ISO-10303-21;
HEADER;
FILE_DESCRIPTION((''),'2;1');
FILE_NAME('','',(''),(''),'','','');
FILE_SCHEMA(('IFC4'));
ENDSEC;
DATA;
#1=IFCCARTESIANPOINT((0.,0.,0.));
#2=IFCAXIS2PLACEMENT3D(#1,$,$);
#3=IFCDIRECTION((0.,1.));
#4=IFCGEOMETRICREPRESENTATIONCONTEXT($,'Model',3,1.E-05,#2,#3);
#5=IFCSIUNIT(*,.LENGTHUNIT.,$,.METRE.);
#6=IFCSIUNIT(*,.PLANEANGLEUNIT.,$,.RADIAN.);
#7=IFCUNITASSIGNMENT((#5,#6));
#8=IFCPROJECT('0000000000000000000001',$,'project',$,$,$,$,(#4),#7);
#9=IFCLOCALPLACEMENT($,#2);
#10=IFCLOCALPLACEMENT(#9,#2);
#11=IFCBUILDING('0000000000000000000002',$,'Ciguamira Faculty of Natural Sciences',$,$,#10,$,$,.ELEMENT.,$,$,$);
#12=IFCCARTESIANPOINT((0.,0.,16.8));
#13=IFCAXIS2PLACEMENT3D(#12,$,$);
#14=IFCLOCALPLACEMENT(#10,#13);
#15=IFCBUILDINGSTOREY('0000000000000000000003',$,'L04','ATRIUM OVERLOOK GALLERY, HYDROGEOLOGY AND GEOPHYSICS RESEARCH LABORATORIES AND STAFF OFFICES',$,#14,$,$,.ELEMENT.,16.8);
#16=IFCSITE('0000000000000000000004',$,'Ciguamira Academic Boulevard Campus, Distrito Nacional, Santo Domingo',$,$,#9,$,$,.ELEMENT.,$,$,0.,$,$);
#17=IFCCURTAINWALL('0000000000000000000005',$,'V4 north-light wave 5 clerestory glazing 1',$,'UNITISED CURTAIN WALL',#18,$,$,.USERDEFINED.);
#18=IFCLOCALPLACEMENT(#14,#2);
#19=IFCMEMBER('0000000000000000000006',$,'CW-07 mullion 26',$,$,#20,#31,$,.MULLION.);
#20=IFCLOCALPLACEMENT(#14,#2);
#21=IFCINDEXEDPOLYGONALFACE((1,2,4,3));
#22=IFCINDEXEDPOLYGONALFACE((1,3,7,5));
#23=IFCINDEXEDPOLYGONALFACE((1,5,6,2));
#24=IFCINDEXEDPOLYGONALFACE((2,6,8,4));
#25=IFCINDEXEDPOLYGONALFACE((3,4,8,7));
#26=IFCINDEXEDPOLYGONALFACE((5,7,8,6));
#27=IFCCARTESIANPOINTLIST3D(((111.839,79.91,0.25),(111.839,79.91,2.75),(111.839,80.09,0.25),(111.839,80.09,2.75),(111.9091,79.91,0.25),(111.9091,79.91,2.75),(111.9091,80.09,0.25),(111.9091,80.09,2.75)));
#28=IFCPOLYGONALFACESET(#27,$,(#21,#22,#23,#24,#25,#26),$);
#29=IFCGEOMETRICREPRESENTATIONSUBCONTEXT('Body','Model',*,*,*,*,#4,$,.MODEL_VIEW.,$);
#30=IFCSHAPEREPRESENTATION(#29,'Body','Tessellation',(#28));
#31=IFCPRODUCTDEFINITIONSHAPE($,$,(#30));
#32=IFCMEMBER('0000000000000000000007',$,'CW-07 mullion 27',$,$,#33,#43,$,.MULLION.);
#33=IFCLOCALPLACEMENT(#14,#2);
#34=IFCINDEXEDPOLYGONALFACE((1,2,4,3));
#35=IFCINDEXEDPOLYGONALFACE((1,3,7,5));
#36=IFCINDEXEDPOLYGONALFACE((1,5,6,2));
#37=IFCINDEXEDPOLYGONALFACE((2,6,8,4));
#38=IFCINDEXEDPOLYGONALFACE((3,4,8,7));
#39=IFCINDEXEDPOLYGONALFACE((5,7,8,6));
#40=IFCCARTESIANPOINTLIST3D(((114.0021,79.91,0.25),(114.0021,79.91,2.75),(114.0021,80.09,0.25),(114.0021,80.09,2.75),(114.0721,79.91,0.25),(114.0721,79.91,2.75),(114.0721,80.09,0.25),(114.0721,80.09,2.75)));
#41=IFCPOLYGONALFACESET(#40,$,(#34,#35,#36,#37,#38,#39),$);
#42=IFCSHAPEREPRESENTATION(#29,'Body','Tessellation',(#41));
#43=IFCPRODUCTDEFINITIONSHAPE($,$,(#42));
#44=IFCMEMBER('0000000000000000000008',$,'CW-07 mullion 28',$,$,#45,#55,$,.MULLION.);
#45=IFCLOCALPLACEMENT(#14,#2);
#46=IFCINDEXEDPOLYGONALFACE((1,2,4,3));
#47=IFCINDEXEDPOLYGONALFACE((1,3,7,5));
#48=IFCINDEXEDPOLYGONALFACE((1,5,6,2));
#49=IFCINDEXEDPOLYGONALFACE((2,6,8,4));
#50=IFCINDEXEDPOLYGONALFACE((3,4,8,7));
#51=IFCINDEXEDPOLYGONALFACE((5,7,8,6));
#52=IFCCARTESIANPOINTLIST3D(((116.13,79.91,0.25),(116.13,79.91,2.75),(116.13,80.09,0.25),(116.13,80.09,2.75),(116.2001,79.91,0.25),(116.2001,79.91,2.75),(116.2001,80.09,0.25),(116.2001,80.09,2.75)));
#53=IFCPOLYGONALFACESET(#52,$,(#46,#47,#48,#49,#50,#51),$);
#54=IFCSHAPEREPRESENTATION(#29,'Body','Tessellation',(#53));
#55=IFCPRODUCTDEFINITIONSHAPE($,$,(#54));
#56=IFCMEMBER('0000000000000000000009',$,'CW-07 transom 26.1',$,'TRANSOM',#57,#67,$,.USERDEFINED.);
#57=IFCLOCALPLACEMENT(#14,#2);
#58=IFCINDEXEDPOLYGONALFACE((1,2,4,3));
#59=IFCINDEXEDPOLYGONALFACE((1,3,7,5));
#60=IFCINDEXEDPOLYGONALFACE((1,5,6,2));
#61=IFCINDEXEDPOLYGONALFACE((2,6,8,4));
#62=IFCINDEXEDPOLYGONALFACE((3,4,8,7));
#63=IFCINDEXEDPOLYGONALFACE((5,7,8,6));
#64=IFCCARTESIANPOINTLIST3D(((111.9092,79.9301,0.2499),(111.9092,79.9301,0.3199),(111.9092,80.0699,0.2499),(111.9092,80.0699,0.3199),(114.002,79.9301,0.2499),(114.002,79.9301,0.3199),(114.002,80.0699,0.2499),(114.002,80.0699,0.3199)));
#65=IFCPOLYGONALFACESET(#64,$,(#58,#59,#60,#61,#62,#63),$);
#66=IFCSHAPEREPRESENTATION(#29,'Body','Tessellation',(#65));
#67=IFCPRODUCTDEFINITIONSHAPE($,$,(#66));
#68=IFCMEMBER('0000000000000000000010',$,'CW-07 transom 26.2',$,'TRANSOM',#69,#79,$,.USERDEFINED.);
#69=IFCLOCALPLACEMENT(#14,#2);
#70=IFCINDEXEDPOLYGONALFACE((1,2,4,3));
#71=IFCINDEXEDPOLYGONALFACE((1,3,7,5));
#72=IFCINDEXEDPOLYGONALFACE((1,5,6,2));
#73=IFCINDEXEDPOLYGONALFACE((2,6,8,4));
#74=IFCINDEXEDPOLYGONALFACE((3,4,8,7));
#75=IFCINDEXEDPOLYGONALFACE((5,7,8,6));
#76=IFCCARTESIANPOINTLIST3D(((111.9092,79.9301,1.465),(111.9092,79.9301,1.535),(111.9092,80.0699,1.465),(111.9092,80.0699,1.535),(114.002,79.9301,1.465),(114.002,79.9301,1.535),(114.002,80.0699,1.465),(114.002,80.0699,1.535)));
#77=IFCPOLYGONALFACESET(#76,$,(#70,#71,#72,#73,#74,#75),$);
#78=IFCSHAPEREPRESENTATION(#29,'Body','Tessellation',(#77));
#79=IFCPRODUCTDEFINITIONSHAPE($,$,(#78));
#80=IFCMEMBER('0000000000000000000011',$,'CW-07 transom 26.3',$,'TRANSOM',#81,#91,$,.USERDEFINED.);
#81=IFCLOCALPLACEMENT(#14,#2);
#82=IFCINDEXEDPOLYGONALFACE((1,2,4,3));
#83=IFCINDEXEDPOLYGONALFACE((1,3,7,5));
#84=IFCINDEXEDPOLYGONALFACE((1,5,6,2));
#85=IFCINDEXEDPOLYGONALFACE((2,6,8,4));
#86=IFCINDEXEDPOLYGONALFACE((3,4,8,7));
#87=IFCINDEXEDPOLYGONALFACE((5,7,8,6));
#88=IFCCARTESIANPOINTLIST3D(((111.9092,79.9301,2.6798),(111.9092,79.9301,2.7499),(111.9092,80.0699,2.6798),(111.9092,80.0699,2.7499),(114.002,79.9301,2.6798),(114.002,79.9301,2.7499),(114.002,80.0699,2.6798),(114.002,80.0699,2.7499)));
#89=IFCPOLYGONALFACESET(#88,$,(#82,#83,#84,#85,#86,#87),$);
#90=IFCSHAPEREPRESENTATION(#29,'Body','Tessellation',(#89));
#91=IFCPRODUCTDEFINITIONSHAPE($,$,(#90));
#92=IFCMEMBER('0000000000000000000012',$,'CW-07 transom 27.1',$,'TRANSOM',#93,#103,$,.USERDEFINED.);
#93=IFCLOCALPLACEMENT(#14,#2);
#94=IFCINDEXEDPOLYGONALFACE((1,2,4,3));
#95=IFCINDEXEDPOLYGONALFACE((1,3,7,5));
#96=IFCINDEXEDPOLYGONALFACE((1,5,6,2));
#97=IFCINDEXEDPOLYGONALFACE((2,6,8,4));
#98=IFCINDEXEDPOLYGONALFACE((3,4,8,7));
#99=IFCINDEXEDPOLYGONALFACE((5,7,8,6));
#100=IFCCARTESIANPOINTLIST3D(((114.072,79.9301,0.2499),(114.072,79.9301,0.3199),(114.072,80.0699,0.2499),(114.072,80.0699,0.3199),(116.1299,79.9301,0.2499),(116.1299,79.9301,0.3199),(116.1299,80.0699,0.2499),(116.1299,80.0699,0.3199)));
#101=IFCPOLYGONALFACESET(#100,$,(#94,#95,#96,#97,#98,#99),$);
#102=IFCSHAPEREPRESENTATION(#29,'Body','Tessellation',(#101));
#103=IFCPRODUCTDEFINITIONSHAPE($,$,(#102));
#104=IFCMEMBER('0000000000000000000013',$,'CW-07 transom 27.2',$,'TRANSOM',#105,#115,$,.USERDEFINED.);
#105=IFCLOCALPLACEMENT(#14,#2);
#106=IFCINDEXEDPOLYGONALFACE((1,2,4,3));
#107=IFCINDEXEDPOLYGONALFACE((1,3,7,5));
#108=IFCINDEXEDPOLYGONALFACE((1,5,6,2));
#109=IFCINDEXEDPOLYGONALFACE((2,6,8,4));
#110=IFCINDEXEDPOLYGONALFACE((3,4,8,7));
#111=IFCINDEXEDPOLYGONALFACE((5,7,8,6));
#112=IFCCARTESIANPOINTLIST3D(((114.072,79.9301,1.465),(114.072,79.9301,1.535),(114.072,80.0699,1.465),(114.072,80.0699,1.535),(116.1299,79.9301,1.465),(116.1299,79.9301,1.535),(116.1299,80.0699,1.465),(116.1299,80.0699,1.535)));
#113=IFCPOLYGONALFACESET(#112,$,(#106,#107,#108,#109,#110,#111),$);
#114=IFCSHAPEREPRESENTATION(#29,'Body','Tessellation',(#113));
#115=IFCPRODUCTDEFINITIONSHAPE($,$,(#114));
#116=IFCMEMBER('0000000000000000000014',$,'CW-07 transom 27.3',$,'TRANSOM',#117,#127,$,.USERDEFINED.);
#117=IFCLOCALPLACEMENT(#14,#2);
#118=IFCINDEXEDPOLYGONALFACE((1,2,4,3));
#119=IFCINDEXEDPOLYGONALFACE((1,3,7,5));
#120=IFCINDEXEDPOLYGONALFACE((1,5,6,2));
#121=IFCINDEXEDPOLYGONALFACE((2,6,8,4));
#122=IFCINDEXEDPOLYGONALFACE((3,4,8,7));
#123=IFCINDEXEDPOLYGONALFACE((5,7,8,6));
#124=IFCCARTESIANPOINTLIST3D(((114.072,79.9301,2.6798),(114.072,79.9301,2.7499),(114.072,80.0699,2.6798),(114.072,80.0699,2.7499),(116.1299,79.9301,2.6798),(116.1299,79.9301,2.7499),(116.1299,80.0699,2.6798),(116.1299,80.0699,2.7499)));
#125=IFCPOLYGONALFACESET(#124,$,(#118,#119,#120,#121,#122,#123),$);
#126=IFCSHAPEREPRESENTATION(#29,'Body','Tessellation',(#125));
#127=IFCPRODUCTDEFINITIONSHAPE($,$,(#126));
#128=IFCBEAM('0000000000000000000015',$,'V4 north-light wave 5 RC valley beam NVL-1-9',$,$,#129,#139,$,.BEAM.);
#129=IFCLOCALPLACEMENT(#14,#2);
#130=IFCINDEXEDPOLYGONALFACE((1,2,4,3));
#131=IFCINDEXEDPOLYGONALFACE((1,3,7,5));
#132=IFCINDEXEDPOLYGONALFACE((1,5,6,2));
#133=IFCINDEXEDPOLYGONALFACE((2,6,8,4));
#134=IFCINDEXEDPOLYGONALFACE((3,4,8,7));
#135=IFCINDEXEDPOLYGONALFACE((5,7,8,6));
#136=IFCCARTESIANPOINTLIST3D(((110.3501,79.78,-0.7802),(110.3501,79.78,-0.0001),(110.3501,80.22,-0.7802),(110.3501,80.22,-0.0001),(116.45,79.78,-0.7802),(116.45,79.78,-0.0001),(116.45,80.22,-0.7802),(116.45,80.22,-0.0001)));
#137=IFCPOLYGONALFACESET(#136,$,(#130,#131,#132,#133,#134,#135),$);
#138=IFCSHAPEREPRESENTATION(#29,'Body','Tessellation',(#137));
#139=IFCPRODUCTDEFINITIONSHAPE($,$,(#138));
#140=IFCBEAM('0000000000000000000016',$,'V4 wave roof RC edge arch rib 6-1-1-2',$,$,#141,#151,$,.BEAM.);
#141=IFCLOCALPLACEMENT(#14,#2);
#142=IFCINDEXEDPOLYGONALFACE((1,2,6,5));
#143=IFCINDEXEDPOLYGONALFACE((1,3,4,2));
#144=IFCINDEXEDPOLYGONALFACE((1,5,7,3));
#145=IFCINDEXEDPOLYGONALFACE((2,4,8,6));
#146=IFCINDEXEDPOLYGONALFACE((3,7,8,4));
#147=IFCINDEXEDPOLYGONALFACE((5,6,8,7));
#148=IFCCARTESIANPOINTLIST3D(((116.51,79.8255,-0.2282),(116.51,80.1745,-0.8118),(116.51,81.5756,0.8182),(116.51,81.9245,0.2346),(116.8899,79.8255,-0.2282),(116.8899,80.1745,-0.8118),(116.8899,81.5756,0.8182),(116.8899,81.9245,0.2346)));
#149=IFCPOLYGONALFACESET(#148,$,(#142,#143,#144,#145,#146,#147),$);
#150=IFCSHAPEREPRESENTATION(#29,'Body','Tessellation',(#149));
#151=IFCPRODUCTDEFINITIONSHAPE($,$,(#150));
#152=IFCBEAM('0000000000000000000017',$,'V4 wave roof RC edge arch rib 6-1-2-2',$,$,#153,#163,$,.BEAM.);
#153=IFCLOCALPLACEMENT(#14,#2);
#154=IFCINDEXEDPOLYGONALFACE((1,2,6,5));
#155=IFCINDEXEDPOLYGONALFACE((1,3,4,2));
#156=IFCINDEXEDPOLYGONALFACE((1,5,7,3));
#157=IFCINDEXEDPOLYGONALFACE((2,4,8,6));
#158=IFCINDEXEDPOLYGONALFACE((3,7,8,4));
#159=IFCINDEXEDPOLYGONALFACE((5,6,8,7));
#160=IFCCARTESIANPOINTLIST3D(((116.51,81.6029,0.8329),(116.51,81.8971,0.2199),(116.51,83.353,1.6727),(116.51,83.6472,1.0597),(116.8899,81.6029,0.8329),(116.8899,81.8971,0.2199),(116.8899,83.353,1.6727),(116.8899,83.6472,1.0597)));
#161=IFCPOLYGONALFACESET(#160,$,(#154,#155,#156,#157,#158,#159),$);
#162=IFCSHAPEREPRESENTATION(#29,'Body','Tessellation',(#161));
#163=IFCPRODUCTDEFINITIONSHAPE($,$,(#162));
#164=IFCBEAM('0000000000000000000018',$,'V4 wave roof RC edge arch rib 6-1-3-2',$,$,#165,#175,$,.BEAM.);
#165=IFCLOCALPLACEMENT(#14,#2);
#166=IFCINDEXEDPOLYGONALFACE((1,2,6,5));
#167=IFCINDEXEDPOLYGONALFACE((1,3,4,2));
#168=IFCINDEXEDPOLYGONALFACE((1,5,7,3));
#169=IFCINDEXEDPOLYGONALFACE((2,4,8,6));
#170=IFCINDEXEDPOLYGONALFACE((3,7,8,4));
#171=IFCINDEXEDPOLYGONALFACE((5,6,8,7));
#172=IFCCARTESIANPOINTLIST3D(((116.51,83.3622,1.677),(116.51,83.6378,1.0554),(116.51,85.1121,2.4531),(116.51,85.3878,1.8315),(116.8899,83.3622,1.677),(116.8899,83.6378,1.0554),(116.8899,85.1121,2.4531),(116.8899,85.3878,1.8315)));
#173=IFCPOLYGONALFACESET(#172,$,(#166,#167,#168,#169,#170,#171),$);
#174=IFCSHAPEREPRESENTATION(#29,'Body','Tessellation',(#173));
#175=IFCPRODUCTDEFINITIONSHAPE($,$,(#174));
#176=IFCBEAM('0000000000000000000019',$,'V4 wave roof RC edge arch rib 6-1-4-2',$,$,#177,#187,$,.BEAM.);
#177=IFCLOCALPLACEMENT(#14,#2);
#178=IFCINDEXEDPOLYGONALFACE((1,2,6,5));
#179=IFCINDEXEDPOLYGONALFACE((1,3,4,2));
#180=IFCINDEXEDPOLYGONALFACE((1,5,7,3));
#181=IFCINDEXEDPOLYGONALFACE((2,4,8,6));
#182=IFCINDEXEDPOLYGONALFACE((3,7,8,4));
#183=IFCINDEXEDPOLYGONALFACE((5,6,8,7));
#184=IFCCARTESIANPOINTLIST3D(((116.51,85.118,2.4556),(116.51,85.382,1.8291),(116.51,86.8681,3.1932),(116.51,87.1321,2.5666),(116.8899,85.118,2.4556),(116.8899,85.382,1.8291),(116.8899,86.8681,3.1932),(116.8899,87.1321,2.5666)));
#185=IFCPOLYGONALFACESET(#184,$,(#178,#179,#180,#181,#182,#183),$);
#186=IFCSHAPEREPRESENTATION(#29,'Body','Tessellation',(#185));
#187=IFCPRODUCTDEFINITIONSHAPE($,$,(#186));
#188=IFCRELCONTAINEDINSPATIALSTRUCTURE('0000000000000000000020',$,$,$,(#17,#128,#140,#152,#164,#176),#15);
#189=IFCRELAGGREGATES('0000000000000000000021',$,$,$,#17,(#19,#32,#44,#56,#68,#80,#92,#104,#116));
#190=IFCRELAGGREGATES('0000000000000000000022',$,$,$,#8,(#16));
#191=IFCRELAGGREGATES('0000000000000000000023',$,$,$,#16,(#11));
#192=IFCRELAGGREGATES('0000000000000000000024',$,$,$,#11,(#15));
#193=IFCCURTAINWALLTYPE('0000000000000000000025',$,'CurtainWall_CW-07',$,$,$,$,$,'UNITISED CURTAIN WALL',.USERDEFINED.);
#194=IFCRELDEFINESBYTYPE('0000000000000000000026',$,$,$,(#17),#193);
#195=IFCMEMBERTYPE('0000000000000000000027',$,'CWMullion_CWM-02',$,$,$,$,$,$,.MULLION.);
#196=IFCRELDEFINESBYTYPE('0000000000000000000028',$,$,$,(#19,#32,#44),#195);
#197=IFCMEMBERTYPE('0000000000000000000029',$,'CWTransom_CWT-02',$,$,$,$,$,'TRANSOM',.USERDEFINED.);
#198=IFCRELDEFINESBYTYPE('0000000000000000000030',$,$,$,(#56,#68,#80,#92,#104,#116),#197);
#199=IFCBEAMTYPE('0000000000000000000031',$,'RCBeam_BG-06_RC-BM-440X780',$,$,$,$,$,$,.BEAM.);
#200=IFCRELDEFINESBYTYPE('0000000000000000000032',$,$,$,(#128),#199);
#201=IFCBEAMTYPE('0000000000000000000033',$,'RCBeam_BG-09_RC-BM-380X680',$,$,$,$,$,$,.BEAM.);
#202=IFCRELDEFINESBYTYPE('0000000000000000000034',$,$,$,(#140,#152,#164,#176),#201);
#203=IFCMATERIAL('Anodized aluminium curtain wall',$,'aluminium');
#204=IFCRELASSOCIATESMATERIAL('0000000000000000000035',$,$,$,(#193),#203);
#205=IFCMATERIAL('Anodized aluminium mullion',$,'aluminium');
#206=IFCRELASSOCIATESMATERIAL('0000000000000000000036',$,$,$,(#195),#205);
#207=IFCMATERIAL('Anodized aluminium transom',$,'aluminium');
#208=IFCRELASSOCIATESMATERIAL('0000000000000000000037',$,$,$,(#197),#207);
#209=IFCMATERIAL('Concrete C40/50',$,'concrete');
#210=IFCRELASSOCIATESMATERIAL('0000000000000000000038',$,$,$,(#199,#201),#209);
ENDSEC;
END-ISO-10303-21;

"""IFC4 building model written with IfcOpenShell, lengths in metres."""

from ifc_helpers import new_model, si_unit, direction, frame, origin, origin_2d, place, context, subcontext, project, spatial, rectangle, extrude, material, material_profile, profile_set, type_object, element, aggregate, save


model = new_model("IFC4")

# Units and contexts
model_context = context("Model", 3, precision=1e-05, world=origin(), true_north=direction((0.0, 1.0)))
body_context = subcontext(model_context, "Body", "Model", "MODEL_VIEW")
ifc_project = project(units=[si_unit("LENGTHUNIT", "METRE"), si_unit("PLANEANGLEUNIT", "RADIAN")], contexts=[model_context])

# Site, building, storey
site_placement = place(None, origin())
site = spatial("IfcSite", under=ifc_project, at=site_placement, Name="Ciguamira Academic Boulevard Campus, Distrito Nacional, Santo Domingo", CompositionType="ELEMENT", RefElevation=0.0)
building_placement = place(site_placement, origin())
building = spatial("IfcBuilding", under=site, at=building_placement, Name="Ciguamira Faculty of Natural Sciences", CompositionType="ELEMENT")
storey_placement = place(building_placement, frame((0.0, 0.0, 16.8)))
storey = spatial("IfcBuildingStorey", under=building, at=storey_placement, Name="L04", Description="ATRIUM OVERLOOK GALLERY, HYDROGEOLOGY AND GEOPHYSICS RESEARCH LABORATORIES AND STAFF OFFICES", CompositionType="ELEMENT", Elevation=16.8)

# Curtain wall, members
ifc_material_1 = material(Name="Anodized aluminium curtain wall", Category="aluminium")
curtain_wall_type = type_object("IfcCurtainWallType", Name="CurtainWall_CW-07", ElementType="UNITISED CURTAIN WALL", PredefinedType="USERDEFINED", material=ifc_material_1)
curtain_wall_placement = place(storey_placement, origin())
curtain_wall = element("IfcCurtainWall", 1, at=curtain_wall_placement, inside=storey, type_object=curtain_wall_type, Name="V4 north-light wave 5 clerestory glazing 1", ObjectType="UNITISED CURTAIN WALL", PredefinedType="USERDEFINED")
ifc_material_2 = material(Name="Anodized aluminium mullion", Category="aluminium")
ifc_material_profile_1 = material_profile(ifc_material_2, rectangle(XDim=0.0701, YDim=0.1799, at=origin_2d()), Name="ALU-MUL-70X180")
ifc_profile_set_1 = profile_set([ifc_material_profile_1], Name="Anodized aluminium mullion")
member_type_1 = type_object("IfcMemberType", Name="CWMullion_CWM-02", PredefinedType="MULLION", material=ifc_profile_set_1)
member_1_placement = place(storey_placement, frame((111.874, 80.0, 0.25), z_axis=(0.0, 0.0, 1.0), x_axis=(1.0, 0.0, 0.0)))
member_1 = element("IfcMember", 2, at=member_1_placement, type_object=member_type_1, Name="CW-07 mullion 26", PredefinedType="MULLION", context=body_context, shape_type="SweptSolid", body=[
    extrude(rectangle(XDim=0.0701, YDim=0.1799, at=origin_2d()), origin(), (0.0, 0.0, 1.0), 2.5),
])
member_2_placement = place(storey_placement, frame((114.0371, 80.0, 0.25), z_axis=(0.0, 0.0, 1.0), x_axis=(1.0, 0.0, 0.0)))
member_2 = element("IfcMember", 3, at=member_2_placement, type_object=member_type_1, Name="CW-07 mullion 27", PredefinedType="MULLION", context=body_context, shape_type="SweptSolid", body=[
    extrude(rectangle(XDim=0.0701, YDim=0.1799, at=origin_2d()), origin(), (0.0, 0.0, 1.0), 2.5),
])
member_3_placement = place(storey_placement, frame((116.165, 80.0, 0.25), z_axis=(0.0, 0.0, 1.0), x_axis=(1.0, 0.0, 0.0)))
member_3 = element("IfcMember", 4, at=member_3_placement, type_object=member_type_1, Name="CW-07 mullion 28", PredefinedType="MULLION", context=body_context, shape_type="SweptSolid", body=[
    extrude(rectangle(XDim=0.0701, YDim=0.1799, at=origin_2d()), origin(), (0.0, 0.0, 1.0), 2.5),
])
ifc_material_3 = material(Name="Anodized aluminium transom", Category="aluminium")
ifc_material_profile_2 = material_profile(ifc_material_3, rectangle(XDim=0.0701, YDim=0.1399, at=origin_2d()), Name="ALU-TRN-70X140")
ifc_profile_set_2 = profile_set([ifc_material_profile_2], Name="Anodized aluminium transom")
member_type_2 = type_object("IfcMemberType", Name="CWTransom_CWT-02", ElementType="TRANSOM", PredefinedType="USERDEFINED", material=ifc_profile_set_2)
member_4_placement = place(storey_placement, frame((111.9092, 80.0, 0.2849), z_axis=(1.0, 0.0, 0.0), x_axis=(0.0, 0.0, 1.0)))
member_4 = element("IfcMember", 5, at=member_4_placement, type_object=member_type_2, Name="CW-07 transom 26.1", ObjectType="TRANSOM", PredefinedType="USERDEFINED", context=body_context, shape_type="SweptSolid", body=[
    extrude(rectangle(XDim=0.0701, YDim=0.1399, at=origin_2d()), origin(), (0.0, 0.0, 1.0), 2.0928),
])
member_5_placement = place(storey_placement, frame((111.9092, 80.0, 1.5), z_axis=(1.0, 0.0, 0.0), x_axis=(0.0, 0.0, 1.0)))
member_5 = element("IfcMember", 6, at=member_5_placement, type_object=member_type_2, Name="CW-07 transom 26.2", ObjectType="TRANSOM", PredefinedType="USERDEFINED", context=body_context, shape_type="SweptSolid", body=[
    extrude(rectangle(XDim=0.0701, YDim=0.1399, at=origin_2d()), origin(), (0.0, 0.0, 1.0), 2.0928),
])
member_6_placement = place(storey_placement, frame((111.9092, 80.0, 2.7148), z_axis=(1.0, 0.0, 0.0), x_axis=(0.0, 0.0, 1.0)))
member_6 = element("IfcMember", 7, at=member_6_placement, type_object=member_type_2, Name="CW-07 transom 26.3", ObjectType="TRANSOM", PredefinedType="USERDEFINED", context=body_context, shape_type="SweptSolid", body=[
    extrude(rectangle(XDim=0.0701, YDim=0.1399, at=origin_2d()), origin(), (0.0, 0.0, 1.0), 2.0928),
])
member_7_placement = place(storey_placement, frame((114.072, 80.0, 0.2849), z_axis=(1.0, 0.0, 0.0), x_axis=(0.0, 0.0, 1.0)))
member_7 = element("IfcMember", 8, at=member_7_placement, type_object=member_type_2, Name="CW-07 transom 27.1", ObjectType="TRANSOM", PredefinedType="USERDEFINED", context=body_context, shape_type="SweptSolid", body=[
    extrude(rectangle(XDim=0.0701, YDim=0.1399, at=origin_2d()), origin(), (0.0, 0.0, 1.0), 2.0579),
])
member_8_placement = place(storey_placement, frame((114.072, 80.0, 1.5), z_axis=(1.0, 0.0, 0.0), x_axis=(0.0, 0.0, 1.0)))
member_8 = element("IfcMember", 9, at=member_8_placement, type_object=member_type_2, Name="CW-07 transom 27.2", ObjectType="TRANSOM", PredefinedType="USERDEFINED", context=body_context, shape_type="SweptSolid", body=[
    extrude(rectangle(XDim=0.0701, YDim=0.1399, at=origin_2d()), origin(), (0.0, 0.0, 1.0), 2.0579),
])
member_9_placement = place(storey_placement, frame((114.072, 80.0, 2.7148), z_axis=(1.0, 0.0, 0.0), x_axis=(0.0, 0.0, 1.0)))
member_9 = element("IfcMember", 10, at=member_9_placement, type_object=member_type_2, Name="CW-07 transom 27.3", ObjectType="TRANSOM", PredefinedType="USERDEFINED", context=body_context, shape_type="SweptSolid", body=[
    extrude(rectangle(XDim=0.0701, YDim=0.1399, at=origin_2d()), origin(), (0.0, 0.0, 1.0), 2.0579),
])

# Beams
ifc_material_4 = material(Name="Concrete C40/50", Category="concrete")
ifc_material_profile_3 = material_profile(ifc_material_4, rectangle(XDim=0.4399, YDim=0.78, at=origin_2d()), Name="RC-BM-440X780")
ifc_profile_set_3 = profile_set([ifc_material_profile_3], Name="Concrete C40/50")
beam_type_1 = type_object("IfcBeamType", Name="RCBeam_BG-06_RC-BM-440X780", PredefinedType="BEAM", material=ifc_profile_set_3)
beam_1_placement = place(storey_placement, frame((110.3501, 80.0, -0.3901), z_axis=(1.0, 0.0, 0.0), x_axis=(0.0, 1.0, 0.0)))
element("IfcBeam", 11, at=beam_1_placement, inside=storey, type_object=beam_type_1, Name="V4 north-light wave 5 RC valley beam NVL-1-9", PredefinedType="BEAM", context=body_context, shape_type="SweptSolid", body=[
    extrude(rectangle(XDim=0.4399, YDim=0.78, at=origin_2d()), origin(), (0.0, 0.0, 1.0), 6.0999),
])
ifc_material_profile_4 = material_profile(ifc_material_4, rectangle(XDim=0.3799, YDim=0.6799, at=origin_2d()), Name="RC-BM-380X680")
ifc_profile_set_4 = profile_set([ifc_material_profile_4], Name="Concrete C40/50")
beam_type_2 = type_object("IfcBeamType", Name="RCBeam_BG-09_RC-BM-380X680", PredefinedType="BEAM", material=ifc_profile_set_4)
beam_2_placement = place(storey_placement, frame((116.7, 80.0, -0.52), z_axis=(0.0, 0.858274, 0.513192), x_axis=(-1.0, 0.0, 0.0)))
element("IfcBeam", 12, at=beam_2_placement, inside=storey, type_object=beam_type_2, Name="V4 wave roof RC edge arch rib 6-1-1-2", PredefinedType="BEAM", context=body_context, shape_type="SweptSolid", body=[
    extrude(rectangle(XDim=0.3799, YDim=0.6799, at=origin_2d()), origin(), (0.0, 0.0, 1.0), 2.0391),
])
beam_3_placement = place(storey_placement, frame((116.7, 81.75, 0.5264), z_axis=(0.0, 0.901554, 0.432666), x_axis=(-1.0, 0.0, 0.0)))
element("IfcBeam", 13, at=beam_3_placement, inside=storey, type_object=beam_type_2, Name="V4 wave roof RC edge arch rib 6-1-2-2", PredefinedType="BEAM", context=body_context, shape_type="SweptSolid", body=[
    extrude(rectangle(XDim=0.3799, YDim=0.6799, at=origin_2d()), origin(), (0.0, 0.0, 1.0), 1.9412),
])
beam_4_placement = place(storey_placement, frame((116.7, 83.5, 1.3662), z_axis=(0.0, 0.914132, 0.405417), x_axis=(-1.0, 0.0, 0.0)))
element("IfcBeam", 14, at=beam_4_placement, inside=storey, type_object=beam_type_2, Name="V4 wave roof RC edge arch rib 6-1-3-2", PredefinedType="BEAM", context=body_context, shape_type="SweptSolid", body=[
    extrude(rectangle(XDim=0.3799, YDim=0.6799, at=origin_2d()), origin(), (0.0, 0.0, 1.0), 1.9143),
])
beam_5_placement = place(storey_placement, frame((116.7, 85.25, 2.1423), z_axis=(0.0, 0.921502, 0.388373), x_axis=(-1.0, 0.0, 0.0)))
element("IfcBeam", 15, at=beam_5_placement, inside=storey, type_object=beam_type_2, Name="V4 wave roof RC edge arch rib 6-1-4-2", PredefinedType="BEAM", context=body_context, shape_type="SweptSolid", body=[
    extrude(rectangle(XDim=0.3799, YDim=0.6799, at=origin_2d()), origin(), (0.0, 0.0, 1.0), 1.8992),
])

aggregate(curtain_wall, [member_1, member_2, member_3, member_4, member_5, member_6, member_7, member_8, member_9])

save(model, "model.ifc")
